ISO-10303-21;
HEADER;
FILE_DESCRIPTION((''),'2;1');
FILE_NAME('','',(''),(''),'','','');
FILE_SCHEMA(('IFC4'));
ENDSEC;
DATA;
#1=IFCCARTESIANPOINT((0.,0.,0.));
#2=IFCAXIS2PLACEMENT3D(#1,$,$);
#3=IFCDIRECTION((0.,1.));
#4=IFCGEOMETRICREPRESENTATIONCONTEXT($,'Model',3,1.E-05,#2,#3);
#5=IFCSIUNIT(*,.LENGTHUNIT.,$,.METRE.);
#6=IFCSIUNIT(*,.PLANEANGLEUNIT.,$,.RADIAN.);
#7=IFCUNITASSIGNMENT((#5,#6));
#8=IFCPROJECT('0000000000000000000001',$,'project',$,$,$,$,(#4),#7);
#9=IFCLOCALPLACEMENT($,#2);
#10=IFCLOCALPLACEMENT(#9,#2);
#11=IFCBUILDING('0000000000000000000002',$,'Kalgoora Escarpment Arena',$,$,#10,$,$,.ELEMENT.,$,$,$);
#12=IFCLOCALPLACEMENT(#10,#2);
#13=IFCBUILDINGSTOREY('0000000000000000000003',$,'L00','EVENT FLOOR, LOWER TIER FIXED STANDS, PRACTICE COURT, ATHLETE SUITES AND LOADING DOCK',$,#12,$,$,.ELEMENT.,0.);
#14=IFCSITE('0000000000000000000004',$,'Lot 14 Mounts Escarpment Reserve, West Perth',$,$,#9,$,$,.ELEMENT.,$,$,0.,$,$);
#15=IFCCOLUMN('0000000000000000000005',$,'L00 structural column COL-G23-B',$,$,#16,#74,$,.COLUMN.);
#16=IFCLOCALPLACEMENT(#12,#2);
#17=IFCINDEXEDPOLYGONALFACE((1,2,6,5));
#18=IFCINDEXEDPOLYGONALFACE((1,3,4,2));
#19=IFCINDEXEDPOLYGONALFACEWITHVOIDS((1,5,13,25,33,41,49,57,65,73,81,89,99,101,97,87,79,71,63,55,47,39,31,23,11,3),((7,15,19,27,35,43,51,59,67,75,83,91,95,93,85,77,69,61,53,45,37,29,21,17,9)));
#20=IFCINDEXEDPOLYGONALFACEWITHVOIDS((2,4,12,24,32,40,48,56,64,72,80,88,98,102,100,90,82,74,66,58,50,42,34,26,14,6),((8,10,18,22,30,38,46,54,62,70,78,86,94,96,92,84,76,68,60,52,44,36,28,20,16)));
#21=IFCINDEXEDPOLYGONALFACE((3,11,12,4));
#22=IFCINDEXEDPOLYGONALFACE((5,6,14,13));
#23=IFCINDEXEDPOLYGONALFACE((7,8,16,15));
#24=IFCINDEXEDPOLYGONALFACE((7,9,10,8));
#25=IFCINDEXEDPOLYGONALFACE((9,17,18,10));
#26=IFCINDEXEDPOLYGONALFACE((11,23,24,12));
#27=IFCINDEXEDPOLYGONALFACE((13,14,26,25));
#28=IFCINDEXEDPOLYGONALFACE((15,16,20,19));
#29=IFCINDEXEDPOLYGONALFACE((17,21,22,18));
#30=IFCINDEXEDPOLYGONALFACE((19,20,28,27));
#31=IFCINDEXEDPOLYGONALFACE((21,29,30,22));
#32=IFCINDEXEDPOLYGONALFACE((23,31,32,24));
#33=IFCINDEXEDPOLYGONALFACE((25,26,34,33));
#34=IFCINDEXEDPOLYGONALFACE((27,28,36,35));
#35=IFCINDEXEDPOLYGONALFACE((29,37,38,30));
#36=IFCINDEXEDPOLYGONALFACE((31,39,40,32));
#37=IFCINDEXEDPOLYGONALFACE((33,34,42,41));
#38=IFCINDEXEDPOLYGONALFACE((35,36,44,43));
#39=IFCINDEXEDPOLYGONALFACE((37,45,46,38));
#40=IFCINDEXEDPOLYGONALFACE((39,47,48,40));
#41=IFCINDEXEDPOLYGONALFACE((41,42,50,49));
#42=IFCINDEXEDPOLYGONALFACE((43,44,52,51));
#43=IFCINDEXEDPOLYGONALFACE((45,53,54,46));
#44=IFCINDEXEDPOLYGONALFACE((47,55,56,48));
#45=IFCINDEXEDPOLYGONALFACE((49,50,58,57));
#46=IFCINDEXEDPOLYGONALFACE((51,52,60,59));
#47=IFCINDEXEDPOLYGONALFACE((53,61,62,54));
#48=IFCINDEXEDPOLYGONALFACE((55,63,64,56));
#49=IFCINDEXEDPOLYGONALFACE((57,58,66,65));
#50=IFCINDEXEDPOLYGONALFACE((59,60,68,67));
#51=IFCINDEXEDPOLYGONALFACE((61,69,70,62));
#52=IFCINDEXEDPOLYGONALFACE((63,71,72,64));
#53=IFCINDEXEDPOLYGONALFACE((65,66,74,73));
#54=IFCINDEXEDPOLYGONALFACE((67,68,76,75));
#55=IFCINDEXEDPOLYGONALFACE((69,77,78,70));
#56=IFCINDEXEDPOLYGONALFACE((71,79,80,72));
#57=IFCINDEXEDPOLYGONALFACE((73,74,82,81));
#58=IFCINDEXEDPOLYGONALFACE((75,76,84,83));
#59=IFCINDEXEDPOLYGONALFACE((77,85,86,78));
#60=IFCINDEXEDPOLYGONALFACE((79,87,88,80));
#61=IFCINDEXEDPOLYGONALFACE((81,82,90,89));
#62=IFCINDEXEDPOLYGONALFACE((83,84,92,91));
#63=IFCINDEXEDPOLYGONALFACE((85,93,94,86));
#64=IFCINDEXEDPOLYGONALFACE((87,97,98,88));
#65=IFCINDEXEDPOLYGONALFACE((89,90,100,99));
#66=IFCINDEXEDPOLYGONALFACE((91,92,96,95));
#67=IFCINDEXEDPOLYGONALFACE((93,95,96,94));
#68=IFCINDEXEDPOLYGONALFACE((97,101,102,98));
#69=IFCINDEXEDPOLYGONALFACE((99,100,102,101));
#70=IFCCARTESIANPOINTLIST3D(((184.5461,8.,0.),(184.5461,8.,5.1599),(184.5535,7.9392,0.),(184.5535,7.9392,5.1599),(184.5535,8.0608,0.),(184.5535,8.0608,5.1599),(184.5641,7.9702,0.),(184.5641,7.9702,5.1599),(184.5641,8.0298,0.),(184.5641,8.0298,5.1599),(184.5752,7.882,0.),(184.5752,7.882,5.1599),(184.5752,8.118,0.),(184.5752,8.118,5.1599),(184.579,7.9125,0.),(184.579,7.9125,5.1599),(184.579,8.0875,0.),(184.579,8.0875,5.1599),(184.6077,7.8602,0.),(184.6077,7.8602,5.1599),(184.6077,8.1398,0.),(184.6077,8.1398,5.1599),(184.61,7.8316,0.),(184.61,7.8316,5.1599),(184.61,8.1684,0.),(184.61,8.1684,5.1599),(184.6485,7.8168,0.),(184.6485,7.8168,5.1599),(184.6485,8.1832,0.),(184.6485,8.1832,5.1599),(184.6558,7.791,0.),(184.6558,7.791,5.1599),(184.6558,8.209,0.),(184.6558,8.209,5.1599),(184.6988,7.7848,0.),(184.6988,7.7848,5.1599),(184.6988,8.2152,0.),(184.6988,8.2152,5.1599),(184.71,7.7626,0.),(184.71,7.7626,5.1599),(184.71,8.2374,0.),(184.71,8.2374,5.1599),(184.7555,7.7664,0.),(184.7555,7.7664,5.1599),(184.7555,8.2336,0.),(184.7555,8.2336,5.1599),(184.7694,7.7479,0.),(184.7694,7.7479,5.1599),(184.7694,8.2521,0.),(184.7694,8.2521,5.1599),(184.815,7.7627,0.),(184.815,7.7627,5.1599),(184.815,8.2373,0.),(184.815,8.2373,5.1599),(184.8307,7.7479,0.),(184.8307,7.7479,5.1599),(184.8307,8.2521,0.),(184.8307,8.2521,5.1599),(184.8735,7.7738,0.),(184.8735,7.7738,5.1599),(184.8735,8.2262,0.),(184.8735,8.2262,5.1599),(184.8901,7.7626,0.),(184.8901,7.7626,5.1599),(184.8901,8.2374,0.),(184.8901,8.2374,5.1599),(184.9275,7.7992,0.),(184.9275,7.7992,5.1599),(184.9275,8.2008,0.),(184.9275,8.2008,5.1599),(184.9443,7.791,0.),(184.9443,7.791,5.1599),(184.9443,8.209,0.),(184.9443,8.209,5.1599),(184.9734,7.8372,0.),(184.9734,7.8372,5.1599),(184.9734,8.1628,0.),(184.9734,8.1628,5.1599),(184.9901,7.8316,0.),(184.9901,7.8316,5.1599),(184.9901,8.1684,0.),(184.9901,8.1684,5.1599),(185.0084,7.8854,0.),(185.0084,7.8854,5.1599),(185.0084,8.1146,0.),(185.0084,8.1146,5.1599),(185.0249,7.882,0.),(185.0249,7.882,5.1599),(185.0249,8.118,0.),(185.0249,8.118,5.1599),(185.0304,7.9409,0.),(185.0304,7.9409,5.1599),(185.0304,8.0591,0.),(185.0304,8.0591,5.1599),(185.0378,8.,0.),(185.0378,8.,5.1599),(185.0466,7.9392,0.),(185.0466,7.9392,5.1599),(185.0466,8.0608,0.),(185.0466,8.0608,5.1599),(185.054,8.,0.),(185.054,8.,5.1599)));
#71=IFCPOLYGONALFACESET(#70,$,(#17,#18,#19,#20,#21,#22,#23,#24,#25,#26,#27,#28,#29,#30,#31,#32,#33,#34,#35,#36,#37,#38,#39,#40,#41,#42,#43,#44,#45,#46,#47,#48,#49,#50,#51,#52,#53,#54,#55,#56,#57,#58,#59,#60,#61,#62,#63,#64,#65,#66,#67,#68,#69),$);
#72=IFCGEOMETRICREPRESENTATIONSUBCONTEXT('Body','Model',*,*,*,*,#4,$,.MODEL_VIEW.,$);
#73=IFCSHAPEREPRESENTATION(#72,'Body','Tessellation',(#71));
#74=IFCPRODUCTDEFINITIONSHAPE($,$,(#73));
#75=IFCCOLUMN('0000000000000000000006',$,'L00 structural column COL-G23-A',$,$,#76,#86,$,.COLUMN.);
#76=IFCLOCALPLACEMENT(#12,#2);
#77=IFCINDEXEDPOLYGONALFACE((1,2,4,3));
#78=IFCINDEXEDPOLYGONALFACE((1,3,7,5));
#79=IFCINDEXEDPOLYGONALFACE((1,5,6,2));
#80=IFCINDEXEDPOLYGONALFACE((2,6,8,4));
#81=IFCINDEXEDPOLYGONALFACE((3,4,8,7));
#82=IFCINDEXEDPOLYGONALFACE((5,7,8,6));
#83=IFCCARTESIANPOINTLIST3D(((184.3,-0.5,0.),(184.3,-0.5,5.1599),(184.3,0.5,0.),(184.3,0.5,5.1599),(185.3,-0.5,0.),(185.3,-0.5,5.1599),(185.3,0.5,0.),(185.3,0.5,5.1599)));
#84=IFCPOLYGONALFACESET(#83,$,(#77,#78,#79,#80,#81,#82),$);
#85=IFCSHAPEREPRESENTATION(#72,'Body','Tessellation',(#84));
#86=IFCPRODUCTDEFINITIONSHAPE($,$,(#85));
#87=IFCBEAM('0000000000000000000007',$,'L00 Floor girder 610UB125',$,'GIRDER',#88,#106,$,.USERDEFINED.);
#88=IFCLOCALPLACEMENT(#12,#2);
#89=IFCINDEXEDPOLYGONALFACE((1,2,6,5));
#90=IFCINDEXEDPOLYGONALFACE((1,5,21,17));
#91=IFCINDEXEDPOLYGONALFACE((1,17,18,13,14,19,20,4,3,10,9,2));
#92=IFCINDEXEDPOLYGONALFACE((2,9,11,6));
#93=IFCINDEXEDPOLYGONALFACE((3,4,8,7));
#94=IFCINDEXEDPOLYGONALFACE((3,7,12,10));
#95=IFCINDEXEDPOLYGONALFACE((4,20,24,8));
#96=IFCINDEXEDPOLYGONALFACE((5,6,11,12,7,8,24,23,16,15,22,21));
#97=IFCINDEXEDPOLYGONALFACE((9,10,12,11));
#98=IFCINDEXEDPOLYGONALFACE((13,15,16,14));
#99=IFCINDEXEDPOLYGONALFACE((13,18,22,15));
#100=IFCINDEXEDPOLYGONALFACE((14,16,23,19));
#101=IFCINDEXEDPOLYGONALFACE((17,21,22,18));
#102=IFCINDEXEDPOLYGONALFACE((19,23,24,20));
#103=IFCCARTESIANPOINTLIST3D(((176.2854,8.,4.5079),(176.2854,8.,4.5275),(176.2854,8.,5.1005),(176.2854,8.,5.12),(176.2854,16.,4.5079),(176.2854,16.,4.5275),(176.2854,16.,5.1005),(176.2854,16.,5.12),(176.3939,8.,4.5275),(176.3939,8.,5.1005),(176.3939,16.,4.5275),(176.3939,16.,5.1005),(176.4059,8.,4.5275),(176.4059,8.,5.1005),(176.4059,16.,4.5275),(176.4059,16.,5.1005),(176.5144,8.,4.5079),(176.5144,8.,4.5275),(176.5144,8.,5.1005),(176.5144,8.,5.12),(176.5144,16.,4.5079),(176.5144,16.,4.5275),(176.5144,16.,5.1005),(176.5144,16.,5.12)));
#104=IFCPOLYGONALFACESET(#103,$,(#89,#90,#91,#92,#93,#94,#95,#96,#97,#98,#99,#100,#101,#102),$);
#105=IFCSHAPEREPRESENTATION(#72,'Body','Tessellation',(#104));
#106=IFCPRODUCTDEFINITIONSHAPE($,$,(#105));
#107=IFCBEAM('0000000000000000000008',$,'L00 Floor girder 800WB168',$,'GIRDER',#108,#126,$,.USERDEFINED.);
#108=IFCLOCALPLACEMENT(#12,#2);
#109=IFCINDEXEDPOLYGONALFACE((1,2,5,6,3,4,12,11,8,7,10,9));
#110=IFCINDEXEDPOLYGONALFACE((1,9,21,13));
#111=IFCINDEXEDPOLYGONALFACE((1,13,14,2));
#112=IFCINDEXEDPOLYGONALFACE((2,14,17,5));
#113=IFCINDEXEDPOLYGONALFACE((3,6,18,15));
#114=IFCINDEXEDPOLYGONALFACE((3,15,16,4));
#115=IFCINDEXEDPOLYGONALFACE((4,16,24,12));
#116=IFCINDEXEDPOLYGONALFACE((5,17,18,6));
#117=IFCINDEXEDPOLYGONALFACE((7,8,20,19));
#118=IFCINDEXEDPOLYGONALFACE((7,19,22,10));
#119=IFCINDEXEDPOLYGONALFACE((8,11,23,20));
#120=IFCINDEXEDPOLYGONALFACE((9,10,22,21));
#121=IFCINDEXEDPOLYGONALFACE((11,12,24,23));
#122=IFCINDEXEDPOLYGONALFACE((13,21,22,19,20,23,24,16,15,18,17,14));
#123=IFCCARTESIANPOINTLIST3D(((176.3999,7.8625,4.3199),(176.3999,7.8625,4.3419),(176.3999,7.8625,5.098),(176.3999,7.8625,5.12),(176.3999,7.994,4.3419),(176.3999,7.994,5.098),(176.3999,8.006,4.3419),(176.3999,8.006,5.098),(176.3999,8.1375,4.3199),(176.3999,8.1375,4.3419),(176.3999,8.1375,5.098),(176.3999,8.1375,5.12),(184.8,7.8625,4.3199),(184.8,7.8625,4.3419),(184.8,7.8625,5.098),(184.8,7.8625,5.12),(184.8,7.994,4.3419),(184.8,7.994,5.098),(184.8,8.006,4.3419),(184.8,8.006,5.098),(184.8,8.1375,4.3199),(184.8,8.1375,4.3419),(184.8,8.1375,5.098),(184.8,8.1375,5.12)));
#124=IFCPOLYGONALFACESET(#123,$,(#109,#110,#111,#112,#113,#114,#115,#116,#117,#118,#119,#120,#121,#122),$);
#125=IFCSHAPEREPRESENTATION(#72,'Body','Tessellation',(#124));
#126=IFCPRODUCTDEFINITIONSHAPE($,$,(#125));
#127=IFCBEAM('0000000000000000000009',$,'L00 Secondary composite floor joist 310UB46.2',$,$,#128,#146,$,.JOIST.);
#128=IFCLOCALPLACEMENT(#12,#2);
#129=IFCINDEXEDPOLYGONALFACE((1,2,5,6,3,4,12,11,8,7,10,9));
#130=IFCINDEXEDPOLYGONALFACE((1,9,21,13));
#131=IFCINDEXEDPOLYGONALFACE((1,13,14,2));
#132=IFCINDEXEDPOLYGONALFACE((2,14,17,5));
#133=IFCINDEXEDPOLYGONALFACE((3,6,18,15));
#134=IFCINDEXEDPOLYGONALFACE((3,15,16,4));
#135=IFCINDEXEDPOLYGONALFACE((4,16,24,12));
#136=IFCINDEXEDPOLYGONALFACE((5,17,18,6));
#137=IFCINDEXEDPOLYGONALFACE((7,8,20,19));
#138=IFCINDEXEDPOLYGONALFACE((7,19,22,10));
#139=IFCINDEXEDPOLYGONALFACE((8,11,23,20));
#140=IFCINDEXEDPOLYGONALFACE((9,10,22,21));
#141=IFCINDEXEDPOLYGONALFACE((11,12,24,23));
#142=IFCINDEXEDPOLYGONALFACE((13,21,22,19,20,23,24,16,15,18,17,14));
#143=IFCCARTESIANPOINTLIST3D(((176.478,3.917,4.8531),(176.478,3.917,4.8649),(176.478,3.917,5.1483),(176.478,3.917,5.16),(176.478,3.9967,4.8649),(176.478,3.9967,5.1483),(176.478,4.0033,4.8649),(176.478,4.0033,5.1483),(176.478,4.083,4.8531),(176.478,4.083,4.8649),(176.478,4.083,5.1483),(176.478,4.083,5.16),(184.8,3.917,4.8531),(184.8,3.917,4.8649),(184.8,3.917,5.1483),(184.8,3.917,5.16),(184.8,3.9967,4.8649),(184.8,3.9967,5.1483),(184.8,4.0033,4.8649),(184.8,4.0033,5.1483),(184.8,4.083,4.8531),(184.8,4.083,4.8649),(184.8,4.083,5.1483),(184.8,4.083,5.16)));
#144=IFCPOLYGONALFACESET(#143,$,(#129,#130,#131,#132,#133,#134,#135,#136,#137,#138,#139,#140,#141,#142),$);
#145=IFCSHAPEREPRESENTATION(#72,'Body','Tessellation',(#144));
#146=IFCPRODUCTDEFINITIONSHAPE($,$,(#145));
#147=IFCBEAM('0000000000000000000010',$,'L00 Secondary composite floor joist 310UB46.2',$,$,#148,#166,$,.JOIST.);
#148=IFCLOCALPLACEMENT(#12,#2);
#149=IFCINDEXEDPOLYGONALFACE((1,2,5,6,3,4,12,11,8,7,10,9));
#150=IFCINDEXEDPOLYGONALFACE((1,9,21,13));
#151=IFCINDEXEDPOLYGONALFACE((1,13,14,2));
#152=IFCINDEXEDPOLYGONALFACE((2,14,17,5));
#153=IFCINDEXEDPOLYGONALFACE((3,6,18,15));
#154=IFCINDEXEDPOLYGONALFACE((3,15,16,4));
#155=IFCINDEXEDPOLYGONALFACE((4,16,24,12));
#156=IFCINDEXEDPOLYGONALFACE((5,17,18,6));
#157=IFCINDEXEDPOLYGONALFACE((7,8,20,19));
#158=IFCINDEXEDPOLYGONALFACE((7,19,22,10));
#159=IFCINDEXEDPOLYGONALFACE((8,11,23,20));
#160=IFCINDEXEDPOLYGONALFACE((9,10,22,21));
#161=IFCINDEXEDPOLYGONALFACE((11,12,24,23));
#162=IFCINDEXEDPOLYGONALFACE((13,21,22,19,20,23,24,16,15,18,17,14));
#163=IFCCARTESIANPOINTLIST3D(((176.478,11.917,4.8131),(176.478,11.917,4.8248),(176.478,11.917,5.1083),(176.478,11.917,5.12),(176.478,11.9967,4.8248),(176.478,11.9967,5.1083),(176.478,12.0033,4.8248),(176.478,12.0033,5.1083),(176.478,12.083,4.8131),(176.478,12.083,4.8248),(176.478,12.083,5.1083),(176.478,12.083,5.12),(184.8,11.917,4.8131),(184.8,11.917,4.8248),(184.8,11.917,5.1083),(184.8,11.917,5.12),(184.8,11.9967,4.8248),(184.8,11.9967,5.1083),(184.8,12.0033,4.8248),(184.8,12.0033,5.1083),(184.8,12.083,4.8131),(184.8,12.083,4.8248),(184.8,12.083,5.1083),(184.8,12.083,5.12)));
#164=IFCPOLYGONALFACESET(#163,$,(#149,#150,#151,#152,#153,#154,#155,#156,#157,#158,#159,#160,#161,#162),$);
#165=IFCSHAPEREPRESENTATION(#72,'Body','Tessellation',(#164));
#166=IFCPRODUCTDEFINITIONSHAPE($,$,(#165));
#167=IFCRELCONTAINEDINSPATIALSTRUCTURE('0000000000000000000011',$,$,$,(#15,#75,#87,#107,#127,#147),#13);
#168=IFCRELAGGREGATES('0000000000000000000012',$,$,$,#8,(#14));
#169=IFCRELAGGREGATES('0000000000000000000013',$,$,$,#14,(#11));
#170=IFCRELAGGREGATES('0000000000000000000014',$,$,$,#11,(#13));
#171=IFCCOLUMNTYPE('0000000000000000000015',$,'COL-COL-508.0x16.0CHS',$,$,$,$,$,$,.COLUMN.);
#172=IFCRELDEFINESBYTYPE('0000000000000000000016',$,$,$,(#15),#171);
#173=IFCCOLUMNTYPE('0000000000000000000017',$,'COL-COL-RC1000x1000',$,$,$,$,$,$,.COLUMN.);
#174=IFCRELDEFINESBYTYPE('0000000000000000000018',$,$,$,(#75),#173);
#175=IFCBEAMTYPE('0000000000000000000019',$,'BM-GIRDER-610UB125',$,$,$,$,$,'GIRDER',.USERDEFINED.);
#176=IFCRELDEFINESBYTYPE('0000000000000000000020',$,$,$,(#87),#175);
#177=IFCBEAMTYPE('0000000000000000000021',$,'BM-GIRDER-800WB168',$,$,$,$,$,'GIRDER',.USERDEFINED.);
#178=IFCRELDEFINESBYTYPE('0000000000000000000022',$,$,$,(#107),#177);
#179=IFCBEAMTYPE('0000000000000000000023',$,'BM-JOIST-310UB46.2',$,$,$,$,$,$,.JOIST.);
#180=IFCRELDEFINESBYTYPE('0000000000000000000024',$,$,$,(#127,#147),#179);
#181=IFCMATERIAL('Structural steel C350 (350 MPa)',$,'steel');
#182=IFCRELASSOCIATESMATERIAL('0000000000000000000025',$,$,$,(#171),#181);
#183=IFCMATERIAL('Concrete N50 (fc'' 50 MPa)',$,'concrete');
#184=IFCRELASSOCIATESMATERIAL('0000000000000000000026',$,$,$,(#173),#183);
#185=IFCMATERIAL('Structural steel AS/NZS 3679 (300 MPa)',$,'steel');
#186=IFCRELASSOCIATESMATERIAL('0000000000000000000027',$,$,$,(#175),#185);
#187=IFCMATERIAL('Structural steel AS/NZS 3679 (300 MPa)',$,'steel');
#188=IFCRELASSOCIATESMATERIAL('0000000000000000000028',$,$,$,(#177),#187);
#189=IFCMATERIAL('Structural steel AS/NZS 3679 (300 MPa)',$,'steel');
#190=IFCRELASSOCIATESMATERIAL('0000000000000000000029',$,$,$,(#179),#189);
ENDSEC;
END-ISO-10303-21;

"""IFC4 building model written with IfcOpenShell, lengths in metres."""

from ifc_helpers import new_model, si_unit, direction, frame, origin, origin_2d, place, context, subcontext, project, spatial, rectangle, hollow_circle, i_section, extrude, material, material_profile, profile_set, type_object, element, save


model = new_model("IFC4")

# Units and contexts
model_context = context("Model", 3, precision=1e-05, world=origin(), true_north=direction((0.0, 1.0)))
body_context = subcontext(model_context, "Body", "Model", "MODEL_VIEW")
ifc_project = project(units=[si_unit("LENGTHUNIT", "METRE"), si_unit("PLANEANGLEUNIT", "RADIAN")], contexts=[model_context])

# Site, building, storey
site_placement = place(None, origin())
site = spatial("IfcSite", under=ifc_project, at=site_placement, Name="Lot 14 Mounts Escarpment Reserve, West Perth", CompositionType="ELEMENT", RefElevation=0.0)
building_placement = place(site_placement, origin())
building = spatial("IfcBuilding", under=site, at=building_placement, Name="Kalgoora Escarpment Arena", CompositionType="ELEMENT")
storey_placement = place(building_placement, origin())
storey = spatial("IfcBuildingStorey", under=building, at=storey_placement, Name="L00", Description="EVENT FLOOR, LOWER TIER FIXED STANDS, PRACTICE COURT, ATHLETE SUITES AND LOADING DOCK", CompositionType="ELEMENT", Elevation=0.0)

# Columns
ifc_material_1 = material(Name="Structural steel C350 (350 MPa)", Category="steel")
ifc_material_profile_1 = material_profile(ifc_material_1, hollow_circle(Radius=0.2539, WallThickness=0.0161, at=origin_2d()))
ifc_profile_set_1 = profile_set([ifc_material_profile_1], Name="Structural steel C350 (350 MPa)")
column_type_1 = type_object("IfcColumnType", Name="COL-COL-508.0x16.0CHS", PredefinedType="COLUMN", material=ifc_profile_set_1)
column_1_placement = place(storey_placement, frame((184.8, 8.0, 0.0), z_axis=(0.0, 0.0, 1.0), x_axis=(1.0, 0.0, 0.0)))
element("IfcColumn", 1, at=column_1_placement, inside=storey, type_object=column_type_1, Name="L00 structural column COL-G23-B", PredefinedType="COLUMN", context=body_context, shape_type="SweptSolid", body=[
    extrude(hollow_circle(Radius=0.2539, WallThickness=0.0161, at=origin_2d()), origin(), (0.0, 0.0, 1.0), 5.1599),
])
ifc_material_2 = material(Name="Concrete N50 (fc' 50 MPa)", Category="concrete")
ifc_material_profile_2 = material_profile(ifc_material_2, rectangle(XDim=1.0, YDim=1.0, at=origin_2d()))
ifc_profile_set_2 = profile_set([ifc_material_profile_2], Name="Concrete N50 (fc' 50 MPa)")
column_type_2 = type_object("IfcColumnType", Name="COL-COL-RC1000x1000", PredefinedType="COLUMN", material=ifc_profile_set_2)
column_2_placement = place(storey_placement, frame((184.8, 0.0, 0.0), z_axis=(0.0, 0.0, 1.0), x_axis=(1.0, 0.0, 0.0)))
element("IfcColumn", 2, at=column_2_placement, inside=storey, type_object=column_type_2, Name="L00 structural column COL-G23-A", PredefinedType="COLUMN", context=body_context, shape_type="SweptSolid", body=[
    extrude(rectangle(XDim=1.0, YDim=1.0, at=origin_2d()), origin(), (0.0, 0.0, 1.0), 5.1599),
])

# Beams
ifc_material_3 = material(Name="Structural steel AS/NZS 3679 (300 MPa)", Category="steel")
ifc_material_profile_3 = material_profile(ifc_material_3, i_section(OverallWidth=0.229, OverallDepth=0.6121, WebThickness=0.012, FlangeThickness=0.0195, at=origin_2d()))
ifc_profile_set_3 = profile_set([ifc_material_profile_3], Name="Structural steel AS/NZS 3679 (300 MPa)")
beam_type_1 = type_object("IfcBeamType", Name="BM-GIRDER-610UB125", ElementType="GIRDER", PredefinedType="USERDEFINED", material=ifc_profile_set_3)
beam_1_placement = place(storey_placement, frame((176.3999, 8.0, 4.814), z_axis=(0.0, 1.0, 0.0), x_axis=(-1.0, 0.0, 0.0)))
element("IfcBeam", 3, at=beam_1_placement, inside=storey, type_object=beam_type_1, Name="L00 Floor girder 610UB125", ObjectType="GIRDER", PredefinedType="USERDEFINED", context=body_context, shape_type="SweptSolid", body=[
    extrude(i_section(OverallWidth=0.229, OverallDepth=0.6121, WebThickness=0.012, FlangeThickness=0.0195, at=origin_2d()), origin(), (0.0, 0.0, 1.0), 8.0),
])
ifc_material_4 = material(Name="Structural steel AS/NZS 3679 (300 MPa)", Category="steel")
ifc_material_profile_4 = material_profile(ifc_material_4, i_section(OverallWidth=0.2749, OverallDepth=0.8, WebThickness=0.012, FlangeThickness=0.022, at=origin_2d()))
ifc_profile_set_4 = profile_set([ifc_material_profile_4], Name="Structural steel AS/NZS 3679 (300 MPa)")
beam_type_2 = type_object("IfcBeamType", Name="BM-GIRDER-800WB168", ElementType="GIRDER", PredefinedType="USERDEFINED", material=ifc_profile_set_4)
beam_2_placement = place(storey_placement, frame((176.3999, 8.0, 4.72), z_axis=(1.0, 0.0, 0.0), x_axis=(0.0, 1.0, 0.0)))
element("IfcBeam", 4, at=beam_2_placement, inside=storey, type_object=beam_type_2, Name="L00 Floor girder 800WB168", ObjectType="GIRDER", PredefinedType="USERDEFINED", context=body_context, shape_type="SweptSolid", body=[
    extrude(i_section(OverallWidth=0.2749, OverallDepth=0.8, WebThickness=0.012, FlangeThickness=0.022, at=origin_2d()), origin(), (0.0, 0.0, 1.0), 8.4001),
])
ifc_material_5 = material(Name="Structural steel AS/NZS 3679 (300 MPa)", Category="steel")
ifc_material_profile_5 = material_profile(ifc_material_5, i_section(OverallWidth=0.166, OverallDepth=0.3069, WebThickness=0.0066, FlangeThickness=0.0117, at=origin_2d()))
ifc_profile_set_5 = profile_set([ifc_material_profile_5], Name="Structural steel AS/NZS 3679 (300 MPa)")
beam_type_3 = type_object("IfcBeamType", Name="BM-JOIST-310UB46.2", PredefinedType="JOIST", material=ifc_profile_set_5)
for number, where, z_axis, x_axis, name in (
    (5, (176.478, 4.0, 5.0066), (1.0, 0.0, 0.0), (0.0, 1.0, 0.0), "L00 Secondary composite floor joist 310UB46.2"),
    (6, (176.478, 12.0, 4.9666), (1.0, 0.0, 0.0), (0.0, 1.0, 0.0), "L00 Secondary composite floor joist 310UB46.2"),
):
    element("IfcBeam", number, at=place(storey_placement, frame(where, z_axis=z_axis, x_axis=x_axis)), inside=storey, type_object=beam_type_3, Name=name, PredefinedType="JOIST", context=body_context, shape_type="SweptSolid", body=[
        extrude(i_section(OverallWidth=0.166, OverallDepth=0.3069, WebThickness=0.0066, FlangeThickness=0.0117, at=origin_2d()), origin(), (0.0, 0.0, 1.0), 8.322),
    ])

save(model, "model.ifc")
